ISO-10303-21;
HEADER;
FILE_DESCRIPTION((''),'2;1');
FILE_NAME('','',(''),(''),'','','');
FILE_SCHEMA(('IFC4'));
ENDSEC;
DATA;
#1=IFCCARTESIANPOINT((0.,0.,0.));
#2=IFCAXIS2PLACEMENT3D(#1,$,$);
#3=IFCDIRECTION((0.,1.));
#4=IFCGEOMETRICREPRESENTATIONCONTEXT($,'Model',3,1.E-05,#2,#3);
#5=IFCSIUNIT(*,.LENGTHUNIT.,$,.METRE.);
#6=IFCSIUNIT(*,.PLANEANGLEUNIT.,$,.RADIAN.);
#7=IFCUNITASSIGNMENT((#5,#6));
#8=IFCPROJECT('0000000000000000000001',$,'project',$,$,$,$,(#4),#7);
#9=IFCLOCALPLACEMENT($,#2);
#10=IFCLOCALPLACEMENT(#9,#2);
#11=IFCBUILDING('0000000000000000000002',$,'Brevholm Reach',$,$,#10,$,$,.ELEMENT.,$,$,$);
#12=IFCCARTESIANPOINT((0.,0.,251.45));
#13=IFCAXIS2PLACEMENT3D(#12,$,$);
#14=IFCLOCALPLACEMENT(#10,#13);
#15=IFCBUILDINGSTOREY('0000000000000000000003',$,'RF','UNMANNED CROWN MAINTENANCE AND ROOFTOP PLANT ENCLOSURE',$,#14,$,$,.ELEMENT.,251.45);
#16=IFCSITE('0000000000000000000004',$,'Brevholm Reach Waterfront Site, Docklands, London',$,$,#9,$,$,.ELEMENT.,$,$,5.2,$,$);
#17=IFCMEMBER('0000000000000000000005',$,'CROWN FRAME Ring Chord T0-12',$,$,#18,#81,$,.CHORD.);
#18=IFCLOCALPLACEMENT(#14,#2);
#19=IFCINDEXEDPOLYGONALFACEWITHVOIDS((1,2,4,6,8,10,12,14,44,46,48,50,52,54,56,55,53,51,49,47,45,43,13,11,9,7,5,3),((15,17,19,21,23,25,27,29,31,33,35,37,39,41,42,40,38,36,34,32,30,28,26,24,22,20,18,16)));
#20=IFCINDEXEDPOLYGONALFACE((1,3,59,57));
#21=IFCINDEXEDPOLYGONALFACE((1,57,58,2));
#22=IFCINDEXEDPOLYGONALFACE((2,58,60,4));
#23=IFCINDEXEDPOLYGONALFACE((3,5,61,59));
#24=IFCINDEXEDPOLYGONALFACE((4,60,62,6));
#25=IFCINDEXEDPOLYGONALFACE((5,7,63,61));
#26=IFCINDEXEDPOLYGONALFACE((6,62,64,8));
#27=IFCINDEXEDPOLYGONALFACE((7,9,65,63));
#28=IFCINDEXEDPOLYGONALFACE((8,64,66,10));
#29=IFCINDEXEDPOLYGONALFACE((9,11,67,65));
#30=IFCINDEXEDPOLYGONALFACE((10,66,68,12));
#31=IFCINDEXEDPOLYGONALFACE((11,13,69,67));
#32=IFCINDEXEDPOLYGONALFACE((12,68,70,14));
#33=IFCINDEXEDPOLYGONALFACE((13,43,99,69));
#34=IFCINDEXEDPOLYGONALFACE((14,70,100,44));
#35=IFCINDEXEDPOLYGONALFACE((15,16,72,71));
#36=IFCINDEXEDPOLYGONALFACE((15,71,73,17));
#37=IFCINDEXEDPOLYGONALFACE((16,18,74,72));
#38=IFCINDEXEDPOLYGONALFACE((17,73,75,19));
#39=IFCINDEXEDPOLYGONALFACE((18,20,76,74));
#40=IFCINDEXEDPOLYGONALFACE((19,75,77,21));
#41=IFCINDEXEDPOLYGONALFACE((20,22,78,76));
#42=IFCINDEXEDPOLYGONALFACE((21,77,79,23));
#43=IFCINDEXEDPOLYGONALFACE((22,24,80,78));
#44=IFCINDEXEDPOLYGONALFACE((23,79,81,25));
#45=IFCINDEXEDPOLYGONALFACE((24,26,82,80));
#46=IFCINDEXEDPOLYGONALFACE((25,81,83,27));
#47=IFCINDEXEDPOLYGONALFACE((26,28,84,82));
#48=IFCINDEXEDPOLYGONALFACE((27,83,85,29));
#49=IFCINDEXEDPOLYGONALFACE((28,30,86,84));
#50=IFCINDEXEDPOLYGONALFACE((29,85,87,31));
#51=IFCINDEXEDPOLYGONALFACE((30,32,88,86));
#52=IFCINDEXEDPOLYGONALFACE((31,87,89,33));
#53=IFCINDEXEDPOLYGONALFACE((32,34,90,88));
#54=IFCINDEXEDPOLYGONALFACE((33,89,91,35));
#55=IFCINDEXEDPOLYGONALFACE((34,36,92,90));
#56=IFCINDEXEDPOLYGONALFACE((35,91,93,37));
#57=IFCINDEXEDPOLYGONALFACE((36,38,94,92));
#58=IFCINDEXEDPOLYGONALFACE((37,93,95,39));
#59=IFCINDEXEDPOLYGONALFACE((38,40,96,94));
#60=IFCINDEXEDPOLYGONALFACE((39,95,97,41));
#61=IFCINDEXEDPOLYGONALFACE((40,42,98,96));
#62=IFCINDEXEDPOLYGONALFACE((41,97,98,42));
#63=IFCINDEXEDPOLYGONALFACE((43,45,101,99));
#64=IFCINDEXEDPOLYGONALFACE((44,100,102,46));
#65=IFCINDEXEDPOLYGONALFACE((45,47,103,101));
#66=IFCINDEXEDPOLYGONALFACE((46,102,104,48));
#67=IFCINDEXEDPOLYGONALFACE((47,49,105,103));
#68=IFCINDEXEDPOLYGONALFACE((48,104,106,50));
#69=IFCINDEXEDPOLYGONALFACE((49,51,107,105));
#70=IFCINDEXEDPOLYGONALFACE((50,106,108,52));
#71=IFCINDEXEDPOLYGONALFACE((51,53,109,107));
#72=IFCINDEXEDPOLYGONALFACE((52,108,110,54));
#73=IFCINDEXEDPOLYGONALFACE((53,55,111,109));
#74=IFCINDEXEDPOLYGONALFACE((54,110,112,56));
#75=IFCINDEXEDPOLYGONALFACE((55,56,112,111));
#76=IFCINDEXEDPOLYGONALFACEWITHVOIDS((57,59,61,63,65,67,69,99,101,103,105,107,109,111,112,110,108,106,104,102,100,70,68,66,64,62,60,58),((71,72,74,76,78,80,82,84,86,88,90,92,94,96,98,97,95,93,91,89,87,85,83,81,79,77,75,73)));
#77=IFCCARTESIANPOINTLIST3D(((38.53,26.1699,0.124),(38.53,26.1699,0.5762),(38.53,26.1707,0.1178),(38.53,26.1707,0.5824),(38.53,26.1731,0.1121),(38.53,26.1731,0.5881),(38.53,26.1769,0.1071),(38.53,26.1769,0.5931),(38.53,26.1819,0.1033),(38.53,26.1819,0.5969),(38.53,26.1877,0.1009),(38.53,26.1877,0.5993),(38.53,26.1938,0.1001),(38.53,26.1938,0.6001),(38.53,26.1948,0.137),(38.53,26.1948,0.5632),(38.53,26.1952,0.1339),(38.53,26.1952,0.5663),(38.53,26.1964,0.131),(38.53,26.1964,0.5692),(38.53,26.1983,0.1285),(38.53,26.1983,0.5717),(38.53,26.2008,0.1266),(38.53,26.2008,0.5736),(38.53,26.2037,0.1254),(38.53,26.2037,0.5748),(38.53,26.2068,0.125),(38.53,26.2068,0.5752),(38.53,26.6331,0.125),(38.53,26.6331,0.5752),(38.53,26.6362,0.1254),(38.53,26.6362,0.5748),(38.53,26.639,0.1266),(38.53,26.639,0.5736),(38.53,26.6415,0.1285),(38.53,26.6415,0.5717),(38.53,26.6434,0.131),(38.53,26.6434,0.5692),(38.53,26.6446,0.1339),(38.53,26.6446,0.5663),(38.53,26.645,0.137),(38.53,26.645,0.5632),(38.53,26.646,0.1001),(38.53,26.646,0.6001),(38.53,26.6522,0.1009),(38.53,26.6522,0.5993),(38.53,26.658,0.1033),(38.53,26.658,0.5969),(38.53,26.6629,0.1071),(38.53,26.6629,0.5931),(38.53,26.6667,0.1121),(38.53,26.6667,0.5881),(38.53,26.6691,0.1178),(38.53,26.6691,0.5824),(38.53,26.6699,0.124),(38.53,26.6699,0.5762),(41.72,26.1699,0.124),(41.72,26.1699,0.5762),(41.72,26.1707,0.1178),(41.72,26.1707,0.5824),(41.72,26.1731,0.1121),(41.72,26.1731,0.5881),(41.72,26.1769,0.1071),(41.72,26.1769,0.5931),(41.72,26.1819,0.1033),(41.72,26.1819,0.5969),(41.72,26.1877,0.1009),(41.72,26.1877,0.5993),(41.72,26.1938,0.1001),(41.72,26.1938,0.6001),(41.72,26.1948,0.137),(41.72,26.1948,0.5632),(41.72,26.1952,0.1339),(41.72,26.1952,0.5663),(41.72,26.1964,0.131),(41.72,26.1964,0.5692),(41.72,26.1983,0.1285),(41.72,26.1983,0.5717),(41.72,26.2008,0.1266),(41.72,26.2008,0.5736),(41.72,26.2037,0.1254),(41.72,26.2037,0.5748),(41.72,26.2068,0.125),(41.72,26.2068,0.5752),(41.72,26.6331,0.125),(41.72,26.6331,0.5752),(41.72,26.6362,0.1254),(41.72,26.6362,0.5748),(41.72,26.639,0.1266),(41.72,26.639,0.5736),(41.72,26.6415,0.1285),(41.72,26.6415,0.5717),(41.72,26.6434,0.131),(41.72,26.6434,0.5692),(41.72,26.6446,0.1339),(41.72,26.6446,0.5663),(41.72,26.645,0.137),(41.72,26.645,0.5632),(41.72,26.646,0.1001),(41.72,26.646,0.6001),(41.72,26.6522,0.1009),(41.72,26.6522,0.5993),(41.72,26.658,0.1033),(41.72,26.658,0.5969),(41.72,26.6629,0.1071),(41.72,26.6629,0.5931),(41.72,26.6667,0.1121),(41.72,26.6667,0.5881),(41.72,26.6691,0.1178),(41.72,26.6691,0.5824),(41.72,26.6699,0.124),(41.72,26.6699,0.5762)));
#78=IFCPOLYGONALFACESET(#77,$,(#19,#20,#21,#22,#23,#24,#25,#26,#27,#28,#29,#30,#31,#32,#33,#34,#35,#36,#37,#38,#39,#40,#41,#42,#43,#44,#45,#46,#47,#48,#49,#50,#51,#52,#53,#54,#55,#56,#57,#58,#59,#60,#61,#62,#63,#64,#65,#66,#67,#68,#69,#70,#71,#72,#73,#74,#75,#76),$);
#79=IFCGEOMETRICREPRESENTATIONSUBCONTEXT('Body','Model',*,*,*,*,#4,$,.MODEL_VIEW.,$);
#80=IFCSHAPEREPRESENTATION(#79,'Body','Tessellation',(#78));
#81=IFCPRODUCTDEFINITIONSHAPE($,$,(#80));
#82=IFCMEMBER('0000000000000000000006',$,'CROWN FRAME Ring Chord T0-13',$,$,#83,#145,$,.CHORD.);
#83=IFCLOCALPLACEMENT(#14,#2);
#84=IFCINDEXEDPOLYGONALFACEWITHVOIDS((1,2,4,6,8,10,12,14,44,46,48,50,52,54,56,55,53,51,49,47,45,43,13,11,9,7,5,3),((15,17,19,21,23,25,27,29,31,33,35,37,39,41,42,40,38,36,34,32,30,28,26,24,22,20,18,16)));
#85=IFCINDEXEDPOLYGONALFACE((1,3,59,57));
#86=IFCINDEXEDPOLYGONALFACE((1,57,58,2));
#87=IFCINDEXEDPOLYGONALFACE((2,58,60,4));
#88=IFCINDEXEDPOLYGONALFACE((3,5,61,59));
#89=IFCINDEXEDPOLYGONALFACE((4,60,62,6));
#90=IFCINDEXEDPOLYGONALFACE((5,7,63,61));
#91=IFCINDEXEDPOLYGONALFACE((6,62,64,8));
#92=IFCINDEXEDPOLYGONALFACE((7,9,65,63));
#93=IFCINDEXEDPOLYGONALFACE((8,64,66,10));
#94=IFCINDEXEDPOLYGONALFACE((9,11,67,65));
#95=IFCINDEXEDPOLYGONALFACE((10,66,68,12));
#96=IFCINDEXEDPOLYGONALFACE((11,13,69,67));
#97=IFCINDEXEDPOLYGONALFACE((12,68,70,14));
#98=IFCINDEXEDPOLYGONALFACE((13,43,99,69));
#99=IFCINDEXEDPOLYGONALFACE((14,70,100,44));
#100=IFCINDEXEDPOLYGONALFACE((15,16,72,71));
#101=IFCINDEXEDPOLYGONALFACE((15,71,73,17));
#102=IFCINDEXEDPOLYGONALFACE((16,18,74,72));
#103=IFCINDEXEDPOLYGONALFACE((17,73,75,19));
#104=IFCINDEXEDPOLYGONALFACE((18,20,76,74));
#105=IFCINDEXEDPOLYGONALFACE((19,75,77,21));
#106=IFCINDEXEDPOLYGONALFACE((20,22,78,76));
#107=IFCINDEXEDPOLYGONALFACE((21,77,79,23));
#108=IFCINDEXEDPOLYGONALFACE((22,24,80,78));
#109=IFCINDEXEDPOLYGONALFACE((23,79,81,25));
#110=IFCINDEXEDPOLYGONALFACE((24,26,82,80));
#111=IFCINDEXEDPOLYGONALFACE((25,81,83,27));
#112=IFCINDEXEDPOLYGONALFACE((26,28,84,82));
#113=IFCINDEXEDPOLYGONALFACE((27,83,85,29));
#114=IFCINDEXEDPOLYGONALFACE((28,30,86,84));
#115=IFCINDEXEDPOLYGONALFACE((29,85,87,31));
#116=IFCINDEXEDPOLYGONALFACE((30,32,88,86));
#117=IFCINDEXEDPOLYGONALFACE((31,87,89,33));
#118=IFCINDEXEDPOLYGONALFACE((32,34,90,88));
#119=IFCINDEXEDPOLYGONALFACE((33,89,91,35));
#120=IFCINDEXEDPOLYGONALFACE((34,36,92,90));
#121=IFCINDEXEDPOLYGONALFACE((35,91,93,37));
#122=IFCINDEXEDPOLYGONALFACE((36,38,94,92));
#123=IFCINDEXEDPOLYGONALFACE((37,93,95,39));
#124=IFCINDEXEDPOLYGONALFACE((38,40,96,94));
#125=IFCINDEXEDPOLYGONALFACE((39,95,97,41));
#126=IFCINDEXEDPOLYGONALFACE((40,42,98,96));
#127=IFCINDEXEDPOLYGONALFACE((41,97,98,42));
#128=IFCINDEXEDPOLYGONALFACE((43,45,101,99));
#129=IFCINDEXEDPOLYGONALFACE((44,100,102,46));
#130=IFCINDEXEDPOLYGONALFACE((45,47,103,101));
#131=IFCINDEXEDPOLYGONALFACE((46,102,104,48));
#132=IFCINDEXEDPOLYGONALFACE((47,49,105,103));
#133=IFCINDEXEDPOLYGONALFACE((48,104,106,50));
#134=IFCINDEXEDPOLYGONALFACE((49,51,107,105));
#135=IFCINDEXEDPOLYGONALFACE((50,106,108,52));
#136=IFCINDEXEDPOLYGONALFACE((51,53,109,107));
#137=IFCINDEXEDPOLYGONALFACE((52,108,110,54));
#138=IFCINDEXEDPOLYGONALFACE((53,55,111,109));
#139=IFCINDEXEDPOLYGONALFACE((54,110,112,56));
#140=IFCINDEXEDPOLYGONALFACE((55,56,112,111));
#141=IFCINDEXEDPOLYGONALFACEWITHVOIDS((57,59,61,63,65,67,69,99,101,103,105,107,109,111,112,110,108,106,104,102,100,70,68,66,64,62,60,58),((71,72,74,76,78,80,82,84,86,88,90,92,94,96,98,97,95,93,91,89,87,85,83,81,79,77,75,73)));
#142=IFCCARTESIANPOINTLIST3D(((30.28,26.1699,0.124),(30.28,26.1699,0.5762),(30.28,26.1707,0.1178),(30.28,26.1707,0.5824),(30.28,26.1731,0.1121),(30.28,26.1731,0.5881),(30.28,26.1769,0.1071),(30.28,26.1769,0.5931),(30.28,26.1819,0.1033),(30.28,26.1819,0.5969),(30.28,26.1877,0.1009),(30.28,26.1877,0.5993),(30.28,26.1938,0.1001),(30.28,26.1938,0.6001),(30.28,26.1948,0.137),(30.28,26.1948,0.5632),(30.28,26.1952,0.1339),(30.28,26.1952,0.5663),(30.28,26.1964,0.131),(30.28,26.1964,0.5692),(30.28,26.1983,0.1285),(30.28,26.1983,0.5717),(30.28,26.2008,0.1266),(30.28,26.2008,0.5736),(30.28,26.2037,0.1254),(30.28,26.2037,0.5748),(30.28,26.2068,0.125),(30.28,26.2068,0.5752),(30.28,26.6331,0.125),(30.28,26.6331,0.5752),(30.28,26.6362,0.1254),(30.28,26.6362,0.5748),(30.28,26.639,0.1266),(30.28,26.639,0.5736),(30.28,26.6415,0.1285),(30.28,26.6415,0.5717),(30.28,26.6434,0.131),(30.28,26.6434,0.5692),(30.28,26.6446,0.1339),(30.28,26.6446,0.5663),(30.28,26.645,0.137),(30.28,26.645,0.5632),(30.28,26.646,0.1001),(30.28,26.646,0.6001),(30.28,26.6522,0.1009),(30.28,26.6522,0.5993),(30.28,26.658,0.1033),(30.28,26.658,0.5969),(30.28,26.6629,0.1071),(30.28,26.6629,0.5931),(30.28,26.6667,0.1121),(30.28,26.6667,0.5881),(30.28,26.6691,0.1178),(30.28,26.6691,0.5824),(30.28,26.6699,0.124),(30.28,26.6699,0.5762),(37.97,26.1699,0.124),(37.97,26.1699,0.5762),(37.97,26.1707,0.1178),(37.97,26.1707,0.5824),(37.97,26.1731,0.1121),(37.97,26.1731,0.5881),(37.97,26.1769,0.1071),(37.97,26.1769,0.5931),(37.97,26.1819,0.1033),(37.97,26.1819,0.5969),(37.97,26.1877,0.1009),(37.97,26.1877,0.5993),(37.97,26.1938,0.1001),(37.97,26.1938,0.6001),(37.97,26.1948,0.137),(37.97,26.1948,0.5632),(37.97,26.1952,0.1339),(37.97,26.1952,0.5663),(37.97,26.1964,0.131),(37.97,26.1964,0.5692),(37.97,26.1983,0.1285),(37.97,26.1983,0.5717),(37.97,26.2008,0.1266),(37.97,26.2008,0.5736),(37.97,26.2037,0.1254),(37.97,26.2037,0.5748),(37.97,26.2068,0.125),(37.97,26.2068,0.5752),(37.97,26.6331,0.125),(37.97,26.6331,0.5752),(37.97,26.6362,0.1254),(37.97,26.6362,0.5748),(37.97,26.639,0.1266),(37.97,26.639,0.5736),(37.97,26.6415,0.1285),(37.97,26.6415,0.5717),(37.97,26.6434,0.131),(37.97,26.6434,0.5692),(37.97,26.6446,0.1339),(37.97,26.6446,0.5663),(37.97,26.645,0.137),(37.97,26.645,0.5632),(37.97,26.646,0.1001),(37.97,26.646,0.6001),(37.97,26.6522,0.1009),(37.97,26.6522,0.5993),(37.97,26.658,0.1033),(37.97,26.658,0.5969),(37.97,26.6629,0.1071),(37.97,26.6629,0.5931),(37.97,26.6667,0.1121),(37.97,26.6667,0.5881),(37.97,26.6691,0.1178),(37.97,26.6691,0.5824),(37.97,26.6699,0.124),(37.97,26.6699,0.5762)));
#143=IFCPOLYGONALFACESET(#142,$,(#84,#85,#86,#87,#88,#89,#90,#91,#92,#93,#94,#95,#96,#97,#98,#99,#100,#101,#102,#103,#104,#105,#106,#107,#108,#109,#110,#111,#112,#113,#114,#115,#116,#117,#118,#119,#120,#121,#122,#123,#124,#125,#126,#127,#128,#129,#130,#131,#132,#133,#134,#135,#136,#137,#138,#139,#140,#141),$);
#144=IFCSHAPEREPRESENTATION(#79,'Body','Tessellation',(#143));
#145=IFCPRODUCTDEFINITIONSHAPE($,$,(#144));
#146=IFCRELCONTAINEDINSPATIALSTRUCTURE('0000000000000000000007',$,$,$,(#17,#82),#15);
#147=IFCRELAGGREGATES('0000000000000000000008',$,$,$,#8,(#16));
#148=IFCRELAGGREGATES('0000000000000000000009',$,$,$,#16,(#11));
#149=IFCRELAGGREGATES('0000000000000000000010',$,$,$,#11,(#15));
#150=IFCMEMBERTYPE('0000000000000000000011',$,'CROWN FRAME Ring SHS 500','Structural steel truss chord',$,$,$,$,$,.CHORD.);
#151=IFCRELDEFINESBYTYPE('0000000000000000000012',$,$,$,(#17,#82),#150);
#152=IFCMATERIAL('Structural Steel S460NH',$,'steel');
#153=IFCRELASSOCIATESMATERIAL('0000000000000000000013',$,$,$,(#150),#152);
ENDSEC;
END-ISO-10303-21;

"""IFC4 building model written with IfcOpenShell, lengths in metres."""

from ifc_helpers import new_model, si_unit, direction, frame, origin, origin_2d, place, context, subcontext, project, spatial, hollow_rectangle, extrude, material, material_profile, profile_set, type_object, element, save


model = new_model("IFC4")

# Units and contexts
model_context = context("Model", 3, precision=1e-05, world=origin(), true_north=direction((0.0, 1.0)))
body_context = subcontext(model_context, "Body", "Model", "MODEL_VIEW")
ifc_project = project(units=[si_unit("LENGTHUNIT", "METRE"), si_unit("PLANEANGLEUNIT", "RADIAN")], contexts=[model_context])

# Site, building, storey
site_placement = place(None, origin())
site = spatial("IfcSite", under=ifc_project, at=site_placement, Name="Brevholm Reach Waterfront Site, Docklands, London", CompositionType="ELEMENT", RefElevation=5.2)
building_placement = place(site_placement, origin())
building = spatial("IfcBuilding", under=site, at=building_placement, Name="Brevholm Reach", CompositionType="ELEMENT")
storey_placement = place(building_placement, frame((0.0, 0.0, 251.45)))
storey = spatial("IfcBuildingStorey", under=building, at=storey_placement, Name="RF", Description="UNMANNED CROWN MAINTENANCE AND ROOFTOP PLANT ENCLOSURE", CompositionType="ELEMENT", Elevation=251.45)

# Members
ifc_material_1 = material(Name="Structural Steel S460NH", Category="steel")
ifc_material_profile_1 = material_profile(ifc_material_1, hollow_rectangle(XDim=0.5, YDim=0.5, WallThickness=0.0249, InnerFilletRadius=0.012, OuterFilletRadius=0.0239, at=origin_2d()), Name="SHS 500x500x25")
ifc_profile_set_1 = profile_set([ifc_material_profile_1], Name="Structural Steel S460NH")
member_type_1 = type_object("IfcMemberType", Name="CROWN FRAME Ring SHS 500", Description="Structural steel truss chord", PredefinedType="CHORD", material=ifc_profile_set_1)
member_1_placement = place(storey_placement, frame((41.72, 26.4199, 0.3501), z_axis=(-1.0, 0.0, 0.0), x_axis=(0.0, -1.0, 0.0)))
element("IfcMember", 1, at=member_1_placement, inside=storey, type_object=member_type_1, Name="CROWN FRAME Ring Chord T0-12", PredefinedType="CHORD", context=body_context, shape_type="SweptSolid", body=[
    extrude(hollow_rectangle(XDim=0.5, YDim=0.5, WallThickness=0.0249, InnerFilletRadius=0.012, OuterFilletRadius=0.0239, at=origin_2d()), origin(), (0.0, 0.0, 1.0), 3.1899),
])
member_2_placement = place(storey_placement, frame((37.97, 26.4199, 0.3501), z_axis=(-1.0, 0.0, 0.0), x_axis=(0.0, -1.0, 0.0)))
element("IfcMember", 2, at=member_2_placement, inside=storey, type_object=member_type_1, Name="CROWN FRAME Ring Chord T0-13", PredefinedType="CHORD", context=body_context, shape_type="SweptSolid", body=[
    extrude(hollow_rectangle(XDim=0.5, YDim=0.5, WallThickness=0.0249, InnerFilletRadius=0.012, OuterFilletRadius=0.0239, at=origin_2d()), origin(), (0.0, 0.0, 1.0), 7.6899),
])

save(model, "model.ifc")
